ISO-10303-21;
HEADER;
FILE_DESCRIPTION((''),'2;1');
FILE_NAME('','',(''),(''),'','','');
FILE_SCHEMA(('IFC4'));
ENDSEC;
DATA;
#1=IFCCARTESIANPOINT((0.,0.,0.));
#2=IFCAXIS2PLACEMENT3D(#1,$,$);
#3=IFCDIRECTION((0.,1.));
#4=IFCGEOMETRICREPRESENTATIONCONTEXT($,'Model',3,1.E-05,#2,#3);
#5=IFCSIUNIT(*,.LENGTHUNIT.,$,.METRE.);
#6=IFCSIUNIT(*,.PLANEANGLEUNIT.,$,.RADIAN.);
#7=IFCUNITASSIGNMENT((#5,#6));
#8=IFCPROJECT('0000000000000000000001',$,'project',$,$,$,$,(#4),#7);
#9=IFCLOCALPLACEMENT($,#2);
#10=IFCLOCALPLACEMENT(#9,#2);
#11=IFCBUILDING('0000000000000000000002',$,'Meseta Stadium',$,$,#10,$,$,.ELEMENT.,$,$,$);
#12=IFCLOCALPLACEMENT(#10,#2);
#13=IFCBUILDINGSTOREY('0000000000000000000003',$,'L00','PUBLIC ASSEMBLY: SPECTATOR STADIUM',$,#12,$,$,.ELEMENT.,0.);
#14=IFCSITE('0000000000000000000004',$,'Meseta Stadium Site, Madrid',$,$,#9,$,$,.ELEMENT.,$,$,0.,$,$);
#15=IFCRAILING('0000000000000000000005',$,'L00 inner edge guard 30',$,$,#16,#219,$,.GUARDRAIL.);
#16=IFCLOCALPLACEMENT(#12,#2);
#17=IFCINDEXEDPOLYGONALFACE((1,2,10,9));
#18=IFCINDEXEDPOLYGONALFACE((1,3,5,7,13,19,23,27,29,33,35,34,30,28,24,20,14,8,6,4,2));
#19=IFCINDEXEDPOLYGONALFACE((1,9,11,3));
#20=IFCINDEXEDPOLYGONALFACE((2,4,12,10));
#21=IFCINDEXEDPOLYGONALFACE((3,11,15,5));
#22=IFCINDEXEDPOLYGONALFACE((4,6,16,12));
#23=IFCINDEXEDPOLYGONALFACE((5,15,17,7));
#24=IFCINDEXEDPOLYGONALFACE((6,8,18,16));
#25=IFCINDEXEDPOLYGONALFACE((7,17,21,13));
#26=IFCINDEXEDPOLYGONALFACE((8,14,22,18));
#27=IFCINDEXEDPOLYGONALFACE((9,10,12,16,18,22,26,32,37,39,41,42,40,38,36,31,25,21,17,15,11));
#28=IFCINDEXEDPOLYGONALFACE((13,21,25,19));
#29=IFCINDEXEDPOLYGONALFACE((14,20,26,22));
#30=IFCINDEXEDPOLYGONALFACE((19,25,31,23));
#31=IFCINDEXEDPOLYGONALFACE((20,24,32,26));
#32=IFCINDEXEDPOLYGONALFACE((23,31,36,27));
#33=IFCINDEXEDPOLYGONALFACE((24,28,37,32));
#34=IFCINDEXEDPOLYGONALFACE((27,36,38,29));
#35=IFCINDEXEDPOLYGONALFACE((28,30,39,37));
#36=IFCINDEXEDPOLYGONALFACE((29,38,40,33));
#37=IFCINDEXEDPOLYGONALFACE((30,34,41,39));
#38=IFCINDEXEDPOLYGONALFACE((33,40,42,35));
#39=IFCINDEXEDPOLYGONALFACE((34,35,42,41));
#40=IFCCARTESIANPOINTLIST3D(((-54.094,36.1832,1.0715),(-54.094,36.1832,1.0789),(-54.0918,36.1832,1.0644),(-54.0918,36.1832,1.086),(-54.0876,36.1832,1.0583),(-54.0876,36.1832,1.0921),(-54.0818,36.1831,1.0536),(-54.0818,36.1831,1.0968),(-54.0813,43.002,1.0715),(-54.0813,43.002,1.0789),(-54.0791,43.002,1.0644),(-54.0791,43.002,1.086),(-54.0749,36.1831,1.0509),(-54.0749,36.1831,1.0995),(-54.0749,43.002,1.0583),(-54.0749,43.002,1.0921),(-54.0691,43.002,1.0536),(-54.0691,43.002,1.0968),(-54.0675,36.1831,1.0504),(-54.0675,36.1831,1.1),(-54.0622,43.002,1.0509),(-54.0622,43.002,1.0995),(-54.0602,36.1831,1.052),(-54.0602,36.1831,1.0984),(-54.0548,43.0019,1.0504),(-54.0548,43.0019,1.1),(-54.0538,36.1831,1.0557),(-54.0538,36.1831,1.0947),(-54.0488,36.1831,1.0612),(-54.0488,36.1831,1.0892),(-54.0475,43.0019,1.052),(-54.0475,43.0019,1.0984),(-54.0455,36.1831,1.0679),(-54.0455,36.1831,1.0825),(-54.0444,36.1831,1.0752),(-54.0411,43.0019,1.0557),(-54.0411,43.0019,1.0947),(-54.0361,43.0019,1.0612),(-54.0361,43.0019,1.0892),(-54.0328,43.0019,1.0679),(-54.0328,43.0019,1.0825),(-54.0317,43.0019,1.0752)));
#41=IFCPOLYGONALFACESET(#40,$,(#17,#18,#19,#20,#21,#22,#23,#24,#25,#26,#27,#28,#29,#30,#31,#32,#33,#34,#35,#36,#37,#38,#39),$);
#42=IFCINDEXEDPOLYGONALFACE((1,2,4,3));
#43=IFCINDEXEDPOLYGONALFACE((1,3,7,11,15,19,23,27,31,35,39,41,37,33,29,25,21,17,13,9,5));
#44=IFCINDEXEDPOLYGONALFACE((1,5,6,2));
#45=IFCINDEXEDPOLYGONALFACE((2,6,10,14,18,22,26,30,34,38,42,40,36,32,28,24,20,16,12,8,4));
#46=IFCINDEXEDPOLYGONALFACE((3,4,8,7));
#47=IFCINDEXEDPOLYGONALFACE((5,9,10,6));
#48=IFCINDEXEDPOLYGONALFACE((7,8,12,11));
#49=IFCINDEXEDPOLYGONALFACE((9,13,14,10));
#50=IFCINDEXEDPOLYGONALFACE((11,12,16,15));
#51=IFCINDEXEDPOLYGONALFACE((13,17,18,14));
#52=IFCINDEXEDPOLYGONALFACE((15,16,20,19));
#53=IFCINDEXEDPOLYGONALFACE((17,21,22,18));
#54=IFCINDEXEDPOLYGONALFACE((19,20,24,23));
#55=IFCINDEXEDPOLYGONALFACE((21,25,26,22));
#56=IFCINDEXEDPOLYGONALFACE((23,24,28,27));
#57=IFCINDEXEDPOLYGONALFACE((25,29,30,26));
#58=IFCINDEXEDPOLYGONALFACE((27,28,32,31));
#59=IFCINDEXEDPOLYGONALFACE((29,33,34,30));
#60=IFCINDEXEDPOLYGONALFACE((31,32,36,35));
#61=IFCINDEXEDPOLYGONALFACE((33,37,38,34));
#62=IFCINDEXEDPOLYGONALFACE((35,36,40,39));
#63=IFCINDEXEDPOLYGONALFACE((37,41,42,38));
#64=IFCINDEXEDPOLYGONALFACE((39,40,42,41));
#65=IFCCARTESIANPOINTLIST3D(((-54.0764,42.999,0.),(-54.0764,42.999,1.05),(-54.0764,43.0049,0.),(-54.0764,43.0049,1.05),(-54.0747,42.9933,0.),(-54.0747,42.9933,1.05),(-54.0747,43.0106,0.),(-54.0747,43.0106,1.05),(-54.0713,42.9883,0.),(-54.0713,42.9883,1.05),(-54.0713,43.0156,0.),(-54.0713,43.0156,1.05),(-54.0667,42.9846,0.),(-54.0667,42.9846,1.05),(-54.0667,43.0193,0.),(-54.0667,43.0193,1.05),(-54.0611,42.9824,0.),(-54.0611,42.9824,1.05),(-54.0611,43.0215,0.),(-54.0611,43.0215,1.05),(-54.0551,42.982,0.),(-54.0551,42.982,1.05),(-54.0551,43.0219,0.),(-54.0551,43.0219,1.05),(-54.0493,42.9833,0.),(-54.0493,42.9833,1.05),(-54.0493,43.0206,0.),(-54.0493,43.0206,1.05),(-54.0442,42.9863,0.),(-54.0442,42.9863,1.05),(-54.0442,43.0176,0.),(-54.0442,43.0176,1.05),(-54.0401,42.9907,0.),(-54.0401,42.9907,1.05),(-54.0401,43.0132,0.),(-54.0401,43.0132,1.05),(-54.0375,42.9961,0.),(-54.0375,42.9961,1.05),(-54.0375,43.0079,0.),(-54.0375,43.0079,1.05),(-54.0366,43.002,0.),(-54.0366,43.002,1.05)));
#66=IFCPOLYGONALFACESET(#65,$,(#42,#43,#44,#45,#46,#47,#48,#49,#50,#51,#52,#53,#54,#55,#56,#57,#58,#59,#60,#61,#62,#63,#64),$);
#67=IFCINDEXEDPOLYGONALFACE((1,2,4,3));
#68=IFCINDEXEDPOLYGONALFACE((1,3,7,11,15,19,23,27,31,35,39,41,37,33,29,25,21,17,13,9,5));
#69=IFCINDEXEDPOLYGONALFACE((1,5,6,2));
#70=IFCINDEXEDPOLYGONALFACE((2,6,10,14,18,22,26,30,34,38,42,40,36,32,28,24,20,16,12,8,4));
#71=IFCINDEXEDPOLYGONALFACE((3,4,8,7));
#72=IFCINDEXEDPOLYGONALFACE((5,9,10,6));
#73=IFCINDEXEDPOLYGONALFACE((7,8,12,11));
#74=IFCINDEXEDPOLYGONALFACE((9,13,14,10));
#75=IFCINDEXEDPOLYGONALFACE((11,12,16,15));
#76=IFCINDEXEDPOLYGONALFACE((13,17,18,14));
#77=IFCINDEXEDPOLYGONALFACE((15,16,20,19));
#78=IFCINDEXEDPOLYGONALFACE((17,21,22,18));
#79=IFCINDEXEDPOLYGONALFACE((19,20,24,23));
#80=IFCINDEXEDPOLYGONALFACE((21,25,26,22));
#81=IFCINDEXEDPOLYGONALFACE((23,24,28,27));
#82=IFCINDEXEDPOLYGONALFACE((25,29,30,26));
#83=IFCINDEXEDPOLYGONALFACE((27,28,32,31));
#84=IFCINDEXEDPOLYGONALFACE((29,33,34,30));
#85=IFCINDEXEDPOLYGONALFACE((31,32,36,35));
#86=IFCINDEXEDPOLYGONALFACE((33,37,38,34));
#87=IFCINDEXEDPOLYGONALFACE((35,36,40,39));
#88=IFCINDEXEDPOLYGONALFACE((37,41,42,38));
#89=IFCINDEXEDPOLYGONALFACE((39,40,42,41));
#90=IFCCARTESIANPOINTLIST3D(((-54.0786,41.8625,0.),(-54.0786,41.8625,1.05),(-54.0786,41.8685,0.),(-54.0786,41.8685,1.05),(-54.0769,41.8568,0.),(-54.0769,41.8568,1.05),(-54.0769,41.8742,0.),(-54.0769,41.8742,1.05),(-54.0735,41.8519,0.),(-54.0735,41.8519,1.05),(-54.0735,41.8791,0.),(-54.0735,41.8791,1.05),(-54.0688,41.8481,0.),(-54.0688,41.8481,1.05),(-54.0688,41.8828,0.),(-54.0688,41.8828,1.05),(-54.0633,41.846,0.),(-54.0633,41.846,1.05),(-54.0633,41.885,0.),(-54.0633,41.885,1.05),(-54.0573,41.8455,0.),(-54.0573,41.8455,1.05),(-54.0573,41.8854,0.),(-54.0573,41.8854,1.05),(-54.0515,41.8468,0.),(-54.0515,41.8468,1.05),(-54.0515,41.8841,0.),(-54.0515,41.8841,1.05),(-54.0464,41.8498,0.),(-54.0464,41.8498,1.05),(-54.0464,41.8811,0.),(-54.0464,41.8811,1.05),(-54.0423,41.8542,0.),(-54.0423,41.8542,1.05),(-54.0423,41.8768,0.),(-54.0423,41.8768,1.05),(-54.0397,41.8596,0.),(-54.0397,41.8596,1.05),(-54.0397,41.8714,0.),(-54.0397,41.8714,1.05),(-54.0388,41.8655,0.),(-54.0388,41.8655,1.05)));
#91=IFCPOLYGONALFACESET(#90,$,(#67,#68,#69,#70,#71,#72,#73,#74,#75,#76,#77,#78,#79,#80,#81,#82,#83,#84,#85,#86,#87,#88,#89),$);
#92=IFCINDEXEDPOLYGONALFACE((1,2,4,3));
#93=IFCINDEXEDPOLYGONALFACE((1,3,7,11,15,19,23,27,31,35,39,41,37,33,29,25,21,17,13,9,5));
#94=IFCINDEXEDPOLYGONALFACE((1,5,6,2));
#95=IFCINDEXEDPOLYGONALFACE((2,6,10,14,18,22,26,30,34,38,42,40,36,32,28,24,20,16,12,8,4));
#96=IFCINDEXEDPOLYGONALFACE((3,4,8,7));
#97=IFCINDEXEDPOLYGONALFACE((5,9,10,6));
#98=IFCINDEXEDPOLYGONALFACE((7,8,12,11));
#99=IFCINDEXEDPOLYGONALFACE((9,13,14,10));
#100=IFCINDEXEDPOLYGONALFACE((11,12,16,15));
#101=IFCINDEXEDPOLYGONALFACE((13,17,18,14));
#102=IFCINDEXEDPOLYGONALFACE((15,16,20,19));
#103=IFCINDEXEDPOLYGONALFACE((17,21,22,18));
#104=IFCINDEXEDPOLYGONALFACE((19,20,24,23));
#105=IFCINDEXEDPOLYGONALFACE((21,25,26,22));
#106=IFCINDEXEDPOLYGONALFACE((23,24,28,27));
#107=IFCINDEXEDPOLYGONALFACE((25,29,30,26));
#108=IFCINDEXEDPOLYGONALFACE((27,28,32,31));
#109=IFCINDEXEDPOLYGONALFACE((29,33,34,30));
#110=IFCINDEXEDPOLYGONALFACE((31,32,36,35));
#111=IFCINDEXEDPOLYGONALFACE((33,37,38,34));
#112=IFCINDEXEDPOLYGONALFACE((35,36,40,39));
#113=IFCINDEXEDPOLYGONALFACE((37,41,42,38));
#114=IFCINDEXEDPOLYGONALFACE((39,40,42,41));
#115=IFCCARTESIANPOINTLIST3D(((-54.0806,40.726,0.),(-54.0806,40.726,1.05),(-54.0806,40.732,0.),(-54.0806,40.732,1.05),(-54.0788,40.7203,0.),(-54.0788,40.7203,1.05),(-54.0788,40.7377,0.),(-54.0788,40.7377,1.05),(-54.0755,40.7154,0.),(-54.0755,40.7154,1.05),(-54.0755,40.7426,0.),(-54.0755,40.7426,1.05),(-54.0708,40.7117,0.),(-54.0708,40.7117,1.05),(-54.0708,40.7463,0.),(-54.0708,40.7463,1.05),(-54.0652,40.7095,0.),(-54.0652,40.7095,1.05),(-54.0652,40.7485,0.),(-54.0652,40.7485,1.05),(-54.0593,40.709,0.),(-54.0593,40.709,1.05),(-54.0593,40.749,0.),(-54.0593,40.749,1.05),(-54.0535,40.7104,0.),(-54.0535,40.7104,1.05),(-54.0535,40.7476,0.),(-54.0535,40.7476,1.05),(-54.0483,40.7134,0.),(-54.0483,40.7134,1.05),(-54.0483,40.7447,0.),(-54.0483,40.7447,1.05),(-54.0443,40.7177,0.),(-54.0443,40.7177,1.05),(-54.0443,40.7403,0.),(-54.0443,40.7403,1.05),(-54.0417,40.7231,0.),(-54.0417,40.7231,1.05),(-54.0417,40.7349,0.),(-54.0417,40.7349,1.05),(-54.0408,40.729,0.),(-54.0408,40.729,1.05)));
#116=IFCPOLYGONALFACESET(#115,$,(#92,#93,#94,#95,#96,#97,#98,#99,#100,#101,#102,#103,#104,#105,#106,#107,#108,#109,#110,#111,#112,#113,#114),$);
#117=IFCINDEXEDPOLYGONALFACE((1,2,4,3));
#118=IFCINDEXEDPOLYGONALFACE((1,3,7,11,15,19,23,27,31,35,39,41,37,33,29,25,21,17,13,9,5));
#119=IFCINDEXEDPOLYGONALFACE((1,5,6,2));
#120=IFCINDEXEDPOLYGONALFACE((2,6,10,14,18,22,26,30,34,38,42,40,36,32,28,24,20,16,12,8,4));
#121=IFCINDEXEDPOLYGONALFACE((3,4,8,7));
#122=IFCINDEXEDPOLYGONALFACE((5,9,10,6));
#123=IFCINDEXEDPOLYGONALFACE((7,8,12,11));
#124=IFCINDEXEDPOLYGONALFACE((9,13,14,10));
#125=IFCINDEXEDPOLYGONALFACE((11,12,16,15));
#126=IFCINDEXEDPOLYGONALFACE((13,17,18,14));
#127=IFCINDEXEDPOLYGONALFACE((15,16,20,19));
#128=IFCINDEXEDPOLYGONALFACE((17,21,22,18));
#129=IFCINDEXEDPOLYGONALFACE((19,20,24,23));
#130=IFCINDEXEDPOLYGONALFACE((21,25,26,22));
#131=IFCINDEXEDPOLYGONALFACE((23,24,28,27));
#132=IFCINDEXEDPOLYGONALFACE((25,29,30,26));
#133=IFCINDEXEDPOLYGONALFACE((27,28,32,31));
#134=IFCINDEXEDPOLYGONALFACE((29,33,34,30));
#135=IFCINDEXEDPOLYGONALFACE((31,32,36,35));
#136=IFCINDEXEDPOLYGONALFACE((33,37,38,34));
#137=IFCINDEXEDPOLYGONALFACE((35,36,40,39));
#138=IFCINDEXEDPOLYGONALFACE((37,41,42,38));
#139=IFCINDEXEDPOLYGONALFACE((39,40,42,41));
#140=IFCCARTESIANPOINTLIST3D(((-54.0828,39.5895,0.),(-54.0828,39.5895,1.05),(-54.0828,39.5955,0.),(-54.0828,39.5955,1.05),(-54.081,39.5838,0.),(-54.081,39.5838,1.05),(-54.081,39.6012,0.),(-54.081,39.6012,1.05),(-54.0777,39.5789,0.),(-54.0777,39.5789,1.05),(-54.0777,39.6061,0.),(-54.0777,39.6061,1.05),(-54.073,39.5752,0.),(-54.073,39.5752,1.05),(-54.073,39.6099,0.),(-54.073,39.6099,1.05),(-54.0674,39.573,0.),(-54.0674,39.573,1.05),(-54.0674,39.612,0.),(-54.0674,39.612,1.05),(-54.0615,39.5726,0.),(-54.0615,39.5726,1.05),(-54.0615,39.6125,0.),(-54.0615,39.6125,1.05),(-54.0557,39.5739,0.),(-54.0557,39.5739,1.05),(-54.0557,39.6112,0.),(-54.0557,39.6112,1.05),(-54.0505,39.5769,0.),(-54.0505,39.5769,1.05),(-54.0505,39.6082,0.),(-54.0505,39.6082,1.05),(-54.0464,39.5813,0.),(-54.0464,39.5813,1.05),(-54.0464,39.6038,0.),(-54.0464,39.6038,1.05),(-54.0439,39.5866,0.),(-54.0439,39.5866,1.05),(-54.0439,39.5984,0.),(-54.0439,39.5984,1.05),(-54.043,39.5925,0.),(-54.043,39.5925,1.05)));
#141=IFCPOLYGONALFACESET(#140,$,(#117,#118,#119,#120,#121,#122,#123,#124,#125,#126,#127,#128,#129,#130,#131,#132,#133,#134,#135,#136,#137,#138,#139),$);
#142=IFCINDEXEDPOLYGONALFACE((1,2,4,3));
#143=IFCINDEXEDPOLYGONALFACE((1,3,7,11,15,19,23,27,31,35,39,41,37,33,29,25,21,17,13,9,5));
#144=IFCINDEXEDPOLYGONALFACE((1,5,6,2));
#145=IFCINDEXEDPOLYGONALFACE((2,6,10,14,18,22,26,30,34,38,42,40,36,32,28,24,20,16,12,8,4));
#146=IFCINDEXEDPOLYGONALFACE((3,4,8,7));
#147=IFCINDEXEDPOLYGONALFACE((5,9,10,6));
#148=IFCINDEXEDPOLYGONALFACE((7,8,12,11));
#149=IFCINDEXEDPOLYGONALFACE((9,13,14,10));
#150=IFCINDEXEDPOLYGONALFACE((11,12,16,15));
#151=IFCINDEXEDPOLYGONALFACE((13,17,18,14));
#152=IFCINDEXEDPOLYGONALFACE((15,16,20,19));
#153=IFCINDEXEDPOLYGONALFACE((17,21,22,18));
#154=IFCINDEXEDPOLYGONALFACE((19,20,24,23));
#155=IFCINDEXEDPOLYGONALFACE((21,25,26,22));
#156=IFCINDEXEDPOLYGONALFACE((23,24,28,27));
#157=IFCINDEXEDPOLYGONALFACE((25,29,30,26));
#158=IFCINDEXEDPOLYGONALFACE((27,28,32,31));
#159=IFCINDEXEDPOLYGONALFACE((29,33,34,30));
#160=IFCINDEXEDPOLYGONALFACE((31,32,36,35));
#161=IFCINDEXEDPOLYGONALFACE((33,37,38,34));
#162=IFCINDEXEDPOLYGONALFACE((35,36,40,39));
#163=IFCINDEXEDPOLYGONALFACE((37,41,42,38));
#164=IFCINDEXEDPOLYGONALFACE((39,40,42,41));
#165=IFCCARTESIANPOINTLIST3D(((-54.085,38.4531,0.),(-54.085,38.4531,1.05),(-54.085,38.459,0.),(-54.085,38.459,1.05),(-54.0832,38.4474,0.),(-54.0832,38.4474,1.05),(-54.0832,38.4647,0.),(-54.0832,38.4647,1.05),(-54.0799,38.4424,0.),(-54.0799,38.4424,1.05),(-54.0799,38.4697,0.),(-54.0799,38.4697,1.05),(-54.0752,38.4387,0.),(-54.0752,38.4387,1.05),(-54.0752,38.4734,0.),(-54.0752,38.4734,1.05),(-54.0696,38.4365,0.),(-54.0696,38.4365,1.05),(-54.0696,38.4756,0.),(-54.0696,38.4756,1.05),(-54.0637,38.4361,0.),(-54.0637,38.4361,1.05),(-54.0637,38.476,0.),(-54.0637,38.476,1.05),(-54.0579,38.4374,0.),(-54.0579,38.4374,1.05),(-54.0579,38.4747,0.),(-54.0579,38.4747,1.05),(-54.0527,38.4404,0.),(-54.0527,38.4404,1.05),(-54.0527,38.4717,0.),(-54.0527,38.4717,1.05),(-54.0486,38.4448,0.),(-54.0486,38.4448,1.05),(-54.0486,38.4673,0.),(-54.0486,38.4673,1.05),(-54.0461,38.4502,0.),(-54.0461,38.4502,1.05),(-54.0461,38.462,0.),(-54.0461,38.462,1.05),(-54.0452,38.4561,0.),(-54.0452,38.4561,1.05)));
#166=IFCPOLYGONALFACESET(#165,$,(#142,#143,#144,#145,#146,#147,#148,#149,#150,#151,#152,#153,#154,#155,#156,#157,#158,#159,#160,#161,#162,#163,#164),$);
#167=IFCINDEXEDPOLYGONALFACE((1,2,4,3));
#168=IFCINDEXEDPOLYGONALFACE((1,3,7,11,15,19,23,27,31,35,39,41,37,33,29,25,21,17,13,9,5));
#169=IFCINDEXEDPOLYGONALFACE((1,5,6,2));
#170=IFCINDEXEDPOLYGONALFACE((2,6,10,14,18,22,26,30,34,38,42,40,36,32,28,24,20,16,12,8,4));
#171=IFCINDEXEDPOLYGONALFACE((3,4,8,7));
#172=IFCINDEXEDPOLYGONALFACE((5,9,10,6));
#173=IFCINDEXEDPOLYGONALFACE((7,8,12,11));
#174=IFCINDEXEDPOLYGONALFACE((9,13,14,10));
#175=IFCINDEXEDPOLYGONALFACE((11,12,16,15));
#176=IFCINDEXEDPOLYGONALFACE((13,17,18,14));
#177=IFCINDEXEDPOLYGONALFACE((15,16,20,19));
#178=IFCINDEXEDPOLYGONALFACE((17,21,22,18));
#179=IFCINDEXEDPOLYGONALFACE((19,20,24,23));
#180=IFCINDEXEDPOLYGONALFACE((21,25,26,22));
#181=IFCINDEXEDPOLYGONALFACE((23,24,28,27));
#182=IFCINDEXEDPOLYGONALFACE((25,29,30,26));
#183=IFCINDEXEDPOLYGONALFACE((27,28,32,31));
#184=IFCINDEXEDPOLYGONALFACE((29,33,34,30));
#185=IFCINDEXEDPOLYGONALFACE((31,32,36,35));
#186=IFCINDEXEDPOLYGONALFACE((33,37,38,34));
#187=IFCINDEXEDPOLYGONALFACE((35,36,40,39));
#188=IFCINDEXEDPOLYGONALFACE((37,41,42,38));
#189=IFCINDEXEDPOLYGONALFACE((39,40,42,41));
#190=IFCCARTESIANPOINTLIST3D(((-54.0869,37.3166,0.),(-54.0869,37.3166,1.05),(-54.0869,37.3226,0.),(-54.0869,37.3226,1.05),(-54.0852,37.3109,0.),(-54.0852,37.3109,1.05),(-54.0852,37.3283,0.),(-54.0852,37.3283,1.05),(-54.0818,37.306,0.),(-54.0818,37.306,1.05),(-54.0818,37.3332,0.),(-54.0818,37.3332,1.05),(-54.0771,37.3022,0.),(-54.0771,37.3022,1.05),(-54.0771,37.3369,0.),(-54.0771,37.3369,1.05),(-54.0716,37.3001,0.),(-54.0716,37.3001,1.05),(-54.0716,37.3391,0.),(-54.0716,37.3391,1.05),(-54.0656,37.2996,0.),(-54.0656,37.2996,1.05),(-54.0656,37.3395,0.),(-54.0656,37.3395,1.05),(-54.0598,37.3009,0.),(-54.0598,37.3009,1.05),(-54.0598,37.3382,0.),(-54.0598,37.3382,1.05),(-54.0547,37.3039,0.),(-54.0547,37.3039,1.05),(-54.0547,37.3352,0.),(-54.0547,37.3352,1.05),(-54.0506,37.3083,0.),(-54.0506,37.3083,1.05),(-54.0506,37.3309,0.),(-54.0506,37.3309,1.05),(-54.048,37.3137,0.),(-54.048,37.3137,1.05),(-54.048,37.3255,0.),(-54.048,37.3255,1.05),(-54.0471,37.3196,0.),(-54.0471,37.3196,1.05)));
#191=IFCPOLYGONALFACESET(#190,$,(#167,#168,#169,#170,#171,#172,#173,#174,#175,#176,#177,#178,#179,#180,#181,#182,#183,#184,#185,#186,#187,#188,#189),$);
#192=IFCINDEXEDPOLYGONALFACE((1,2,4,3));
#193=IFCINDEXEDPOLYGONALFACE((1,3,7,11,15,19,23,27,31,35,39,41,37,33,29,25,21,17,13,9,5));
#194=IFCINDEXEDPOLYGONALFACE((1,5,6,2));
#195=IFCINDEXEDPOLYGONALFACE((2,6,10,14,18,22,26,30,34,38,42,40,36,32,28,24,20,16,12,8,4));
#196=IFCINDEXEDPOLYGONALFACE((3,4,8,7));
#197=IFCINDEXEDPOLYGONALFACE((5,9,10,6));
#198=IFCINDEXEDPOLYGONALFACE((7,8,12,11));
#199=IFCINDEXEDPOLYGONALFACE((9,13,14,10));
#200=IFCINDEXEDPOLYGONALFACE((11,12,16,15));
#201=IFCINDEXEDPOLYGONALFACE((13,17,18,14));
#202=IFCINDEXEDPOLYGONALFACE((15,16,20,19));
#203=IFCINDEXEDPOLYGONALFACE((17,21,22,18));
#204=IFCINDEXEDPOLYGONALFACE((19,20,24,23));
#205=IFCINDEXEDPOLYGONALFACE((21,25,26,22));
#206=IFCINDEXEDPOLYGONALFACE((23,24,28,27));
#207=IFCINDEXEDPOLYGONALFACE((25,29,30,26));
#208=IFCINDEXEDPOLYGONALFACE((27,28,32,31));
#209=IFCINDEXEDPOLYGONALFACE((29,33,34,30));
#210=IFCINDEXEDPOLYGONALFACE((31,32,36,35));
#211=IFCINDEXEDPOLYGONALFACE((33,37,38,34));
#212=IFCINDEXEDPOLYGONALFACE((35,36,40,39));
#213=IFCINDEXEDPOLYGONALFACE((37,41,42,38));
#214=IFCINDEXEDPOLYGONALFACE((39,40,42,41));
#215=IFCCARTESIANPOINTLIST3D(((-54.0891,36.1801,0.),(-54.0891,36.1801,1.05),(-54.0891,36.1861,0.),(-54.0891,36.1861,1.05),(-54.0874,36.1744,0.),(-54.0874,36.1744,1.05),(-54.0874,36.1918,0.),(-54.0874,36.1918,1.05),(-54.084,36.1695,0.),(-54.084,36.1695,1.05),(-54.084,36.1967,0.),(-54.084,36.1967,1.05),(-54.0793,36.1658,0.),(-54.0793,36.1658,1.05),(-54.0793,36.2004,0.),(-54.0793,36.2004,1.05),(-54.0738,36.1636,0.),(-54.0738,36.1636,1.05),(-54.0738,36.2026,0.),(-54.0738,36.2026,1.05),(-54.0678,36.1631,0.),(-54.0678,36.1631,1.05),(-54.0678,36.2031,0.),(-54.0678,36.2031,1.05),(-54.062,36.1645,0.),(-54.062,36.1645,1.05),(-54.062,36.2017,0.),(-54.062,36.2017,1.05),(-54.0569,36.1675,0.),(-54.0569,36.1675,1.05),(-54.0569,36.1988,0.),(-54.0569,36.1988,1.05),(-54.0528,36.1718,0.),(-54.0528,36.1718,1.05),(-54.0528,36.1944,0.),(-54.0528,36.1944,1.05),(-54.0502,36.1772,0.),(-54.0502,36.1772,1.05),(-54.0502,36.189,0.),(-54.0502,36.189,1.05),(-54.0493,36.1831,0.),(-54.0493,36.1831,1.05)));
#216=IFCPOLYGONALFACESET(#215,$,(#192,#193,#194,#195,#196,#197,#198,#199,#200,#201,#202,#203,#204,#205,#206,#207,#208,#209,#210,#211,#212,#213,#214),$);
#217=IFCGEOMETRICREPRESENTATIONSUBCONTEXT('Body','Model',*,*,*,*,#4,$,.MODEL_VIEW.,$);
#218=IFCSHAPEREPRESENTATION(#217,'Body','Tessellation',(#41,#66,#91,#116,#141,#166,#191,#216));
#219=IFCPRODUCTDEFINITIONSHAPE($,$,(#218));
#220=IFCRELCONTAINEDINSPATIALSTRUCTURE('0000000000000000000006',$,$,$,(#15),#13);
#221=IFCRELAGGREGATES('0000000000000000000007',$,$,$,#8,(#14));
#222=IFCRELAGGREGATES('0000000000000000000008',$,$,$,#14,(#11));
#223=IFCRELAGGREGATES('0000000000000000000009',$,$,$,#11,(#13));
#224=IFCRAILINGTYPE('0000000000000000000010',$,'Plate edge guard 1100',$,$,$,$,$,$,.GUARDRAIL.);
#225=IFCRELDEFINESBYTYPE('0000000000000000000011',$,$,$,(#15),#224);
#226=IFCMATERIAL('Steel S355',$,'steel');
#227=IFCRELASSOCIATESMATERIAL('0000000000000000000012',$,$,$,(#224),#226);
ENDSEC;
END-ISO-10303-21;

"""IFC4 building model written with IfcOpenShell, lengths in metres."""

from ifc_helpers import new_model, si_unit, direction, frame, origin, origin_2d, place, context, subcontext, project, spatial, circle, extrude, material, type_object, element, save


model = new_model("IFC4")

# Units and contexts
model_context = context("Model", 3, precision=1e-05, world=origin(), true_north=direction((0.0, 1.0)))
body_context = subcontext(model_context, "Body", "Model", "MODEL_VIEW")
ifc_project = project(units=[si_unit("LENGTHUNIT", "METRE"), si_unit("PLANEANGLEUNIT", "RADIAN")], contexts=[model_context])

# Site, building, storey
site_placement = place(None, origin())
site = spatial("IfcSite", under=ifc_project, at=site_placement, Name="Meseta Stadium Site, Madrid", CompositionType="ELEMENT", RefElevation=0.0)
building_placement = place(site_placement, origin())
building = spatial("IfcBuilding", under=site, at=building_placement, Name="Meseta Stadium", CompositionType="ELEMENT")
storey_placement = place(building_placement, origin())
storey = spatial("IfcBuildingStorey", under=building, at=storey_placement, Name="L00", Description="PUBLIC ASSEMBLY: SPECTATOR STADIUM", CompositionType="ELEMENT", Elevation=0.0)

# Railing
ifc_material_1 = material(Name="Steel S355", Category="steel")
railing_type_1 = type_object("IfcRailingType", Name="Plate edge guard 1100", PredefinedType="GUARDRAIL", material=ifc_material_1)
railing_1_placement = place(storey_placement, frame((-54.0566, 43.002, 0.0)))
element("IfcRailing", 1, at=railing_1_placement, inside=storey, type_object=railing_type_1, Name="L00 inner edge guard 30", PredefinedType="GUARDRAIL", context=body_context, shape_type="SweptSolid", body=[
    extrude(circle(Radius=0.0249, at=origin_2d()), frame((0.0, 0.0, 1.0752), z_axis=(-0.001862, -0.999998, 0.0), x_axis=(0.999998, -0.001862, 0.0)), (0.0, 0.0, 1.0), 6.8188),
    extrude(circle(Radius=0.02, at=origin_2d()), origin(), (0.0, 0.0, 1.0), 1.05),
    extrude(circle(Radius=0.02, at=origin_2d()), frame((-0.0022, -1.1365, 0.0)), (0.0, 0.0, 1.0), 1.05),
    extrude(circle(Radius=0.02, at=origin_2d()), frame((-0.0042, -2.2729, 0.0)), (0.0, 0.0, 1.0), 1.05),
    extrude(circle(Radius=0.02, at=origin_2d()), frame((-0.0063, -3.4094, 0.0)), (0.0, 0.0, 1.0), 1.05),
    extrude(circle(Radius=0.02, at=origin_2d()), frame((-0.0085, -4.5459, 0.0)), (0.0, 0.0, 1.0), 1.05),
    extrude(circle(Radius=0.02, at=origin_2d()), frame((-0.0105, -5.6824, 0.0)), (0.0, 0.0, 1.0), 1.05),
    extrude(circle(Radius=0.02, at=origin_2d()), frame((-0.0127, -6.8188, 0.0)), (0.0, 0.0, 1.0), 1.05),
])

save(model, "model.ifc")
